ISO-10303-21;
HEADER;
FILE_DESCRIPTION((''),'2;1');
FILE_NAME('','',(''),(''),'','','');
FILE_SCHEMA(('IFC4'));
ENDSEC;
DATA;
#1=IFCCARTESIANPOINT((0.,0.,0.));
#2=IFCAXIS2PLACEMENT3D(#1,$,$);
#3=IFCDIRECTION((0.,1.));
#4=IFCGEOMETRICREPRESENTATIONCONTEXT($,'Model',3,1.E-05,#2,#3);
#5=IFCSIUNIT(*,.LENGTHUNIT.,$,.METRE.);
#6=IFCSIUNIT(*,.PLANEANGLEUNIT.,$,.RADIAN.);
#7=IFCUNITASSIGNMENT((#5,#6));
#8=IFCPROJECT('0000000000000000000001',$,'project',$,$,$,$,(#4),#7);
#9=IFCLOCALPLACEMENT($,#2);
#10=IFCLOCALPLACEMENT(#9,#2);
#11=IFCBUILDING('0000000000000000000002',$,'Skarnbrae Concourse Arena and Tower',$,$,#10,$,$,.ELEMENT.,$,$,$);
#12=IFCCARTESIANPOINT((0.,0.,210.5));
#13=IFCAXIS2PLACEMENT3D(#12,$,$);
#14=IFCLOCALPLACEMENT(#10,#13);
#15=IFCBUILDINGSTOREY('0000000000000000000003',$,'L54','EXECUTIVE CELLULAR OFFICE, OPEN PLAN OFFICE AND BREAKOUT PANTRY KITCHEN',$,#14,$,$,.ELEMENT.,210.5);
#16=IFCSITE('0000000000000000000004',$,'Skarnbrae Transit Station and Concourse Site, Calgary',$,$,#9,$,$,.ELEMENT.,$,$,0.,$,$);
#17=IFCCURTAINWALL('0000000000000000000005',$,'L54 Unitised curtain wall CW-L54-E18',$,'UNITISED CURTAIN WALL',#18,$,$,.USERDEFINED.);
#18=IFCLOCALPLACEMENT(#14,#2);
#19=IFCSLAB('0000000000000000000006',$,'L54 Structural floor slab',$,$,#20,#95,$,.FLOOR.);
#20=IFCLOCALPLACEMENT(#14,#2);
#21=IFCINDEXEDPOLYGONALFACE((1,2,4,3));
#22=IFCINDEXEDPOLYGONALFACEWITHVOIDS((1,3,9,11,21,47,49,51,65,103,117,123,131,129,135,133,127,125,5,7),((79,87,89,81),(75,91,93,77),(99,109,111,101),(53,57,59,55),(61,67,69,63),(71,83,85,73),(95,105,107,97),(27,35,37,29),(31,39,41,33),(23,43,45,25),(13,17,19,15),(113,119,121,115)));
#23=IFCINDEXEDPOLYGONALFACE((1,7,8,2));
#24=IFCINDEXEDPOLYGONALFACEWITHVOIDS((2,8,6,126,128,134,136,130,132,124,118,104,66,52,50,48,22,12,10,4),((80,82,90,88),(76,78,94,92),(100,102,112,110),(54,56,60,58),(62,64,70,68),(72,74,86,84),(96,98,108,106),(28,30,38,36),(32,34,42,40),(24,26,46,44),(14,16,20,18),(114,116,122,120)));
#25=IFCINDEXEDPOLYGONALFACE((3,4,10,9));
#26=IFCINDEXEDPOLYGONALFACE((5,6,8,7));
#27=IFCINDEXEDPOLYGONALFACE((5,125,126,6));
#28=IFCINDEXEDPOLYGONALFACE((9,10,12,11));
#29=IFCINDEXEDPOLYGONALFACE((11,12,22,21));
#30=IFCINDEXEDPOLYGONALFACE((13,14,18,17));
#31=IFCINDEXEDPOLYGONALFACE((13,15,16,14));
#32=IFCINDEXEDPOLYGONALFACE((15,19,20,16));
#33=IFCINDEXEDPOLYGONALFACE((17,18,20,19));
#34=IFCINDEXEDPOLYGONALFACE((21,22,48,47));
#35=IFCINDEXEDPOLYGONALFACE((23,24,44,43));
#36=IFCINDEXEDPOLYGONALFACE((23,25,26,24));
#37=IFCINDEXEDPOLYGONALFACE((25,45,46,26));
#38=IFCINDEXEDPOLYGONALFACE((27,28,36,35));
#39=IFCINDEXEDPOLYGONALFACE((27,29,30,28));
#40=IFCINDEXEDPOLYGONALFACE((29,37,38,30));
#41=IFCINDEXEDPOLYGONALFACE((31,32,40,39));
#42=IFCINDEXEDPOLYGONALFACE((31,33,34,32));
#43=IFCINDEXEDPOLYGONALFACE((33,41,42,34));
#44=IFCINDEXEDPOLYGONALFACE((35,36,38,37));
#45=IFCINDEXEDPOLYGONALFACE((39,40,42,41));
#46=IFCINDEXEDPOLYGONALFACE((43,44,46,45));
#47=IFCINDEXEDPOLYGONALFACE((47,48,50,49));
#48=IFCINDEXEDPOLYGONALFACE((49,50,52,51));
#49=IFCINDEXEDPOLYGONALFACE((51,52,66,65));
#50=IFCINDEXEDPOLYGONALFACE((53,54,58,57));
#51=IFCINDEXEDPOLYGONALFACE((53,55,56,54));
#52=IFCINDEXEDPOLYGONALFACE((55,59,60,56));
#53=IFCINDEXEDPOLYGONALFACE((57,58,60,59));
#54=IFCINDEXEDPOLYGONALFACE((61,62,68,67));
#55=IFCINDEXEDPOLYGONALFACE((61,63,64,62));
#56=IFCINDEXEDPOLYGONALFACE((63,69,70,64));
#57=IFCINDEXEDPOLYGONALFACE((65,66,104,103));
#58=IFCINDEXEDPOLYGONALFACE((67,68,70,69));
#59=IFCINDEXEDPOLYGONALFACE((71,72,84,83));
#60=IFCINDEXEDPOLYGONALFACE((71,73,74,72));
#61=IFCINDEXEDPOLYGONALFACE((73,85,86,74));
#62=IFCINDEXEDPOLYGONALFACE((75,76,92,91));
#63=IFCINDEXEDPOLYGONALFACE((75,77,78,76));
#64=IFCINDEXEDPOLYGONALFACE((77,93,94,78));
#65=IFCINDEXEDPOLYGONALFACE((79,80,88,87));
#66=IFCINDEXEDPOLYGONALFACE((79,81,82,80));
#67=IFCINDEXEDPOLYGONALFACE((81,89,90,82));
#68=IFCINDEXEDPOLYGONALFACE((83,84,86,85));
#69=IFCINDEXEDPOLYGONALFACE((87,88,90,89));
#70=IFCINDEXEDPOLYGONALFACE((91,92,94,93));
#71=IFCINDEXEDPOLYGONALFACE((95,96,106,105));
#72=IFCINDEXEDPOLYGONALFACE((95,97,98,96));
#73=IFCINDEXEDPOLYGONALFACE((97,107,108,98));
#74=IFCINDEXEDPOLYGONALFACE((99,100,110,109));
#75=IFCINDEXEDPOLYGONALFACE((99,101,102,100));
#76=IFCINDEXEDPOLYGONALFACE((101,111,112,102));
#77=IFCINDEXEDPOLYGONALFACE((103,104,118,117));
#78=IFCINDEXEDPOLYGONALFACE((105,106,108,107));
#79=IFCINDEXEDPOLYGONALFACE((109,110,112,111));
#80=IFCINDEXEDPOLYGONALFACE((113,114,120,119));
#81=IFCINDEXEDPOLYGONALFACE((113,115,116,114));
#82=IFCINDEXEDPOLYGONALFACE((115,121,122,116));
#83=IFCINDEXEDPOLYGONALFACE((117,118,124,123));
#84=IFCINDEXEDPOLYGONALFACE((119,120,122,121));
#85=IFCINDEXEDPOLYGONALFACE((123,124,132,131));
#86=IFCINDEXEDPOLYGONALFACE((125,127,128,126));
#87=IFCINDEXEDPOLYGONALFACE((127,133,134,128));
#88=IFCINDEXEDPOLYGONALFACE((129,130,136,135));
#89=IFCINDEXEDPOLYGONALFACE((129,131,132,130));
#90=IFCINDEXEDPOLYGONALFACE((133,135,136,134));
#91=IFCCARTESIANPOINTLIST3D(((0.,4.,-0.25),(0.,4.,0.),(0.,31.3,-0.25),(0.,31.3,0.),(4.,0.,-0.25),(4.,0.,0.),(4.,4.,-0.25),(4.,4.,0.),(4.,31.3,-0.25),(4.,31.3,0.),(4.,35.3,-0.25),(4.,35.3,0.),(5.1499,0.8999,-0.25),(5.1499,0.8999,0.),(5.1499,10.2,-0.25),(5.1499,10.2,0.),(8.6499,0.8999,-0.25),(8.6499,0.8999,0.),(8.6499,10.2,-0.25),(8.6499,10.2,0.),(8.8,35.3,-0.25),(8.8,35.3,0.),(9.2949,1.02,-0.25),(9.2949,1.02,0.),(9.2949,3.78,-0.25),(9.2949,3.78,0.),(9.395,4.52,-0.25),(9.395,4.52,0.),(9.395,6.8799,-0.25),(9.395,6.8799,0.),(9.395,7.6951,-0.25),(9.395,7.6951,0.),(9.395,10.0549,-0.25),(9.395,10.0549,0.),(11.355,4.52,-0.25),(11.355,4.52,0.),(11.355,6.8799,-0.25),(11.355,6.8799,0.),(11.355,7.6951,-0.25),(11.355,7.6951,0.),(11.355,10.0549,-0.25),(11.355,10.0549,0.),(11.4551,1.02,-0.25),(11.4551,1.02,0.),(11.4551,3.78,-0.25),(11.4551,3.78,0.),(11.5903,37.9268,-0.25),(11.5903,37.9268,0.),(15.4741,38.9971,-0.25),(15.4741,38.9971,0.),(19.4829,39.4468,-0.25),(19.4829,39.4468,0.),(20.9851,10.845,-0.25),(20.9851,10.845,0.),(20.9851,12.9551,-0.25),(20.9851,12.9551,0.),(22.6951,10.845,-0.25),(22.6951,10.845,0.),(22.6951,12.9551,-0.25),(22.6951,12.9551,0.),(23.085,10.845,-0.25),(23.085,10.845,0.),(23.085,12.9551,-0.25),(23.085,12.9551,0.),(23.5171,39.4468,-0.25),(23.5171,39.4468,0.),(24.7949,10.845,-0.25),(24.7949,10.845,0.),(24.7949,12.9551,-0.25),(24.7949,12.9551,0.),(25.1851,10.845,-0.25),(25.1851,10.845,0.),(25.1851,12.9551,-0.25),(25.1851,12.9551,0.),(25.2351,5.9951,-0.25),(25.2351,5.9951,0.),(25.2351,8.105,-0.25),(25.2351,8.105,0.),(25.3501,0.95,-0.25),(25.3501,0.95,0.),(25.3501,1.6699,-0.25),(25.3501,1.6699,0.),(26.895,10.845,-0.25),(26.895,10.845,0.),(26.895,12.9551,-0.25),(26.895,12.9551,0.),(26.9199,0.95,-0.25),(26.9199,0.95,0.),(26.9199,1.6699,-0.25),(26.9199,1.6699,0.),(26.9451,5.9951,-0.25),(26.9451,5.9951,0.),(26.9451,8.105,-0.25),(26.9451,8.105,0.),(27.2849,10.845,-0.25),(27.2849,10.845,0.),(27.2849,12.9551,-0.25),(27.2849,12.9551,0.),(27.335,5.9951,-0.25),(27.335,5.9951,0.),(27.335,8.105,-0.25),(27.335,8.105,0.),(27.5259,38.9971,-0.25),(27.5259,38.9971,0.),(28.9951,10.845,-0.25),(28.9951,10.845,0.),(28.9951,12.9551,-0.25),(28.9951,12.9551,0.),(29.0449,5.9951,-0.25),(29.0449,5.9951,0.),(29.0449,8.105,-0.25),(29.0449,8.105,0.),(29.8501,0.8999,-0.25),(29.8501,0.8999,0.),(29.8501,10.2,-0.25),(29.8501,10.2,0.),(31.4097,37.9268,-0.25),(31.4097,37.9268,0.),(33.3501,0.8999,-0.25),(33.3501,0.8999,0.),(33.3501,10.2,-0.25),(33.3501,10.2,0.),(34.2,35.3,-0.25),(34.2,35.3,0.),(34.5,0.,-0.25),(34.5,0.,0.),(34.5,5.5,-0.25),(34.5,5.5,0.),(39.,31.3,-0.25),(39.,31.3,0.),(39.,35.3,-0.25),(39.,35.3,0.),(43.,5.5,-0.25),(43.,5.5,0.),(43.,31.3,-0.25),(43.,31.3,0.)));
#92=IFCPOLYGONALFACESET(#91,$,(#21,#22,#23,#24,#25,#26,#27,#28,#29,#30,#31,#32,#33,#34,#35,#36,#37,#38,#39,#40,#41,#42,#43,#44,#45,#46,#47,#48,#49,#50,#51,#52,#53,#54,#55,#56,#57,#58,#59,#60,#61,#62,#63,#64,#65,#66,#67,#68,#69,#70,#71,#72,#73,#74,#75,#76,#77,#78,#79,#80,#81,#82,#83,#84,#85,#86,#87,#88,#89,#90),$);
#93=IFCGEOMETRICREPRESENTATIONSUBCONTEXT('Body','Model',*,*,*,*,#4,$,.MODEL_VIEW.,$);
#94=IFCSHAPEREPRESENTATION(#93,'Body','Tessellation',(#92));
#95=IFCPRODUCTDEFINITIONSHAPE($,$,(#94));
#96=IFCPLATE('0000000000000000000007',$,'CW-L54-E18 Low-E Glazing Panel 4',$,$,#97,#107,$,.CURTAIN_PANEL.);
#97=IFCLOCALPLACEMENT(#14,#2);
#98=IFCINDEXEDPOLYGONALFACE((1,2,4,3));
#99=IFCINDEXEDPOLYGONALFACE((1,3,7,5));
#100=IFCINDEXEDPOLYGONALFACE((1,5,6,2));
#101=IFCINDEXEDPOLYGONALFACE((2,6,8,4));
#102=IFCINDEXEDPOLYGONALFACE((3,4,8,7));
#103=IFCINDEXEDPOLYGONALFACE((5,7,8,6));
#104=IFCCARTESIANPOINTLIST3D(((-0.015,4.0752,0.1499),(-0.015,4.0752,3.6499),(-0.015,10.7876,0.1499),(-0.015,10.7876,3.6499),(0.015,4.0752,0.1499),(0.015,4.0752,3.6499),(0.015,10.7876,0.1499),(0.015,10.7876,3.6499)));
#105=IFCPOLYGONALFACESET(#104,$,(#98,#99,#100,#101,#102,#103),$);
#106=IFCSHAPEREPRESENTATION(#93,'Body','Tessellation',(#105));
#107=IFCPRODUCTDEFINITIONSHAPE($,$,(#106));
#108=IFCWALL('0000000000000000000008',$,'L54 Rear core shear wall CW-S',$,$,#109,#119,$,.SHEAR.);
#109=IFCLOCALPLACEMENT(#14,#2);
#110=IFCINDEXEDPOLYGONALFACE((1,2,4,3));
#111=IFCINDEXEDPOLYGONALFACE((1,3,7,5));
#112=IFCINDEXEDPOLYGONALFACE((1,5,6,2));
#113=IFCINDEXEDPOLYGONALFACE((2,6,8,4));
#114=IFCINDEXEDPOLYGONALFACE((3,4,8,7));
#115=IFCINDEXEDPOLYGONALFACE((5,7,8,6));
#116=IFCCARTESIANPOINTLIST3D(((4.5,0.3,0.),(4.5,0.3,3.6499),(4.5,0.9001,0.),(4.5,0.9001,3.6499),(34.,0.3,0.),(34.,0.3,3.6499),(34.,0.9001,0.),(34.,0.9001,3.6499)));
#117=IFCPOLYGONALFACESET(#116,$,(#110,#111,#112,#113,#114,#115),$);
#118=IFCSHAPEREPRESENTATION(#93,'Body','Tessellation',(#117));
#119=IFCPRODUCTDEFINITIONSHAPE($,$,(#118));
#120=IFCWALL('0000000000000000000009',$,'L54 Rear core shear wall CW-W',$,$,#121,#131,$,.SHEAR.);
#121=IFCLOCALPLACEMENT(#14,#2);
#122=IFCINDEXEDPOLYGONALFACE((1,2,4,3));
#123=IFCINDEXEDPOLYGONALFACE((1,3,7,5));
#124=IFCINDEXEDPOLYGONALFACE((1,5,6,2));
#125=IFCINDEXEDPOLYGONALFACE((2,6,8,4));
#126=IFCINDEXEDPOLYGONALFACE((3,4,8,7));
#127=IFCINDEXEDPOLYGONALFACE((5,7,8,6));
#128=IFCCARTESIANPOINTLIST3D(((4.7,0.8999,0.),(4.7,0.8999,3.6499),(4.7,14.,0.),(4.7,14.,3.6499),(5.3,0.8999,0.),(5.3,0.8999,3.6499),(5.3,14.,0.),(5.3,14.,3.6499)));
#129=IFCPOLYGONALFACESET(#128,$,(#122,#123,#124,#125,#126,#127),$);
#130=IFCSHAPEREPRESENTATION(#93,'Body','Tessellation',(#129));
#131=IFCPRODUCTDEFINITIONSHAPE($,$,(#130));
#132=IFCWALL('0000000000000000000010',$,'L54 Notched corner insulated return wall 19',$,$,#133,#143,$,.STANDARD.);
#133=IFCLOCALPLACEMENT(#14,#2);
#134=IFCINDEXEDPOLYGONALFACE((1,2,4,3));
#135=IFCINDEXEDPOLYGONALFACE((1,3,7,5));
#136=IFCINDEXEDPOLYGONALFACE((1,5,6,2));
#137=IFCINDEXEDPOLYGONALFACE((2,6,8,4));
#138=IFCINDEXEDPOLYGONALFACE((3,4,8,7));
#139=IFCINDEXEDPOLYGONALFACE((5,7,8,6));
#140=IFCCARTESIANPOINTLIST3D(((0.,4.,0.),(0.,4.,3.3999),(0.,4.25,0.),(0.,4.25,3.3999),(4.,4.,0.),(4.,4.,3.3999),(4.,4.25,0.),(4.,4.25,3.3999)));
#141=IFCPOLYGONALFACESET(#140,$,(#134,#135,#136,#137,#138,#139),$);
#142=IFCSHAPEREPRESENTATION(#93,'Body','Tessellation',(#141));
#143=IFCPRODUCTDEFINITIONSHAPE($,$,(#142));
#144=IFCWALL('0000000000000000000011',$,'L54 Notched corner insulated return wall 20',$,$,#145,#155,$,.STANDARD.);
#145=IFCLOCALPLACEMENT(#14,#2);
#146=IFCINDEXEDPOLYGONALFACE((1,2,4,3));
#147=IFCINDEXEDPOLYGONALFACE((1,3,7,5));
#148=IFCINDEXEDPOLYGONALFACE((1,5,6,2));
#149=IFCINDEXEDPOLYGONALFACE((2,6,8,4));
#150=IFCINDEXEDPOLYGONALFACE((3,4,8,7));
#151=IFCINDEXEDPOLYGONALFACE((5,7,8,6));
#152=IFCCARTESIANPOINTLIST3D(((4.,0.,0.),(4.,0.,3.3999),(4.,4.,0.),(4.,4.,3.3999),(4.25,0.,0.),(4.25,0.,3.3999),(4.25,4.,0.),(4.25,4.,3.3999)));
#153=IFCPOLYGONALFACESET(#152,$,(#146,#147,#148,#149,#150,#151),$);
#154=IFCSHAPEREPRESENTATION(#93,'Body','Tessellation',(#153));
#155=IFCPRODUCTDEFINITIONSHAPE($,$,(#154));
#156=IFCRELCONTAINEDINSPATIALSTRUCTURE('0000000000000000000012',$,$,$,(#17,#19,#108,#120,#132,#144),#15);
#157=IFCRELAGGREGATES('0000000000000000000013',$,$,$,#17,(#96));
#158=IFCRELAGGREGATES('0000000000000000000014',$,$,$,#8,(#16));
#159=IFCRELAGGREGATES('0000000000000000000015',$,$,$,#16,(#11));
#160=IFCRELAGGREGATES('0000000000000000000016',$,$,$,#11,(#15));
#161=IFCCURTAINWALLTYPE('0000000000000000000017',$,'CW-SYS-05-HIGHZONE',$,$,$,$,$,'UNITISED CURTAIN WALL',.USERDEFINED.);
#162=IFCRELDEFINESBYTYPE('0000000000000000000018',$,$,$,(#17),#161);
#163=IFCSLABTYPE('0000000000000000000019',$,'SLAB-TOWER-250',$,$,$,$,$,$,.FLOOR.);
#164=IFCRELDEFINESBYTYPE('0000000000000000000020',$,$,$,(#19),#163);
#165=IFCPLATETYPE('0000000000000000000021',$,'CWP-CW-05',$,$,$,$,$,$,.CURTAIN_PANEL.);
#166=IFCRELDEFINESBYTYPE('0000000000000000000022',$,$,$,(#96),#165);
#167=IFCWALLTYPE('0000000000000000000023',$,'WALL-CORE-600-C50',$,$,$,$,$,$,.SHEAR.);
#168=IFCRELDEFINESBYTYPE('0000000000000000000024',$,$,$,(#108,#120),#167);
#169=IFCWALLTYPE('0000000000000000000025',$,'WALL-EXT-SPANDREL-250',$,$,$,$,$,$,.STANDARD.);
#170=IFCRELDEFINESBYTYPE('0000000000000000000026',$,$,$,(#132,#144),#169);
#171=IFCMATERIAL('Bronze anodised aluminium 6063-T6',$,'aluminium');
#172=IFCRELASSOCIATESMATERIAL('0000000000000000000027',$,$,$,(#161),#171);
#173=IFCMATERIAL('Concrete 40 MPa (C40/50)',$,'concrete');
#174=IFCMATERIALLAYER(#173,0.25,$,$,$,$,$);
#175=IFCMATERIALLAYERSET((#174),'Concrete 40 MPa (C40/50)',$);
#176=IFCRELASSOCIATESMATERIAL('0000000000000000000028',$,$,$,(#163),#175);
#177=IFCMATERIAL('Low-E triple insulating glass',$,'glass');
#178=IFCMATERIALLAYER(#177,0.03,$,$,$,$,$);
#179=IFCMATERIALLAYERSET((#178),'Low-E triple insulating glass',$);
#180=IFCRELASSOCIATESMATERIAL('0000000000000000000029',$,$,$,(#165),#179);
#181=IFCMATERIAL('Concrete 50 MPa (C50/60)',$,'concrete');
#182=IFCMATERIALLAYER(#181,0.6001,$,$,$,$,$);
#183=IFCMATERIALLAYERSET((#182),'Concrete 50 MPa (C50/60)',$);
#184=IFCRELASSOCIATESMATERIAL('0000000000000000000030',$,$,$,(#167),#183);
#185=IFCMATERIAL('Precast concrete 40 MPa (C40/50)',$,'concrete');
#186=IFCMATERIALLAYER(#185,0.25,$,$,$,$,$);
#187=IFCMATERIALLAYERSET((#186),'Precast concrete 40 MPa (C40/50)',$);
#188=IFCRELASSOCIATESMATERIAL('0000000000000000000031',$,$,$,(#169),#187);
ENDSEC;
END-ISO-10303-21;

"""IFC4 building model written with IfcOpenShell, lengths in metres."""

from ifc_helpers import new_model, si_unit, direction, frame, frame_2d, origin, origin_2d, place, context, subcontext, project, spatial, polyline, rectangle, outline, extrude, source, transform, mapped, material, layer, layer_set, type_object, element, aggregate, save


model = new_model("IFC4")

# Units and contexts
model_context = context("Model", 3, precision=1e-05, world=origin(), true_north=direction((0.0, 1.0)))
body_context = subcontext(model_context, "Body", "Model", "MODEL_VIEW")
ifc_project = project(units=[si_unit("LENGTHUNIT", "METRE"), si_unit("PLANEANGLEUNIT", "RADIAN")], contexts=[model_context])

# Site, building, storey
site_placement = place(None, origin())
site = spatial("IfcSite", under=ifc_project, at=site_placement, Name="Skarnbrae Transit Station and Concourse Site, Calgary", CompositionType="ELEMENT", RefElevation=0.0)
building_placement = place(site_placement, origin())
building = spatial("IfcBuilding", under=site, at=building_placement, Name="Skarnbrae Concourse Arena and Tower", CompositionType="ELEMENT")
storey_placement = place(building_placement, frame((0.0, 0.0, 210.5)))
storey = spatial("IfcBuildingStorey", under=building, at=storey_placement, Name="L54", Description="EXECUTIVE CELLULAR OFFICE, OPEN PLAN OFFICE AND BREAKOUT PANTRY KITCHEN", CompositionType="ELEMENT", Elevation=210.5)

# Curtain wall
ifc_material_1 = material(Name="Bronze anodised aluminium 6063-T6", Category="aluminium")
curtain_wall_type = type_object("IfcCurtainWallType", Name="CW-SYS-05-HIGHZONE", ElementType="UNITISED CURTAIN WALL", PredefinedType="USERDEFINED", material=ifc_material_1)
curtain_wall_placement = place(storey_placement, origin())
curtain_wall = element("IfcCurtainWall", 1, at=curtain_wall_placement, inside=storey, type_object=curtain_wall_type, Name="L54 Unitised curtain wall CW-L54-E18", ObjectType="UNITISED CURTAIN WALL", PredefinedType="USERDEFINED")

# Shared definitions
ifc_material_2 = material(Name="Concrete 40 MPa (C40/50)", Category="concrete")

# Slab
ifc_layer_1 = layer(ifc_material_2, 0.25)
ifc_layer_set_1 = layer_set([ifc_layer_1], Name="Concrete 40 MPa (C40/50)")
slab_type_1 = type_object("IfcSlabType", Name="SLAB-TOWER-250", PredefinedType="FLOOR", material=ifc_layer_set_1)
slab_1_placement = place(storey_placement, frame((0.0, 0.0, -0.25)))
element("IfcSlab", 2, at=slab_1_placement, inside=storey, type_object=slab_type_1, Name="L54 Structural floor slab", PredefinedType="FLOOR", context=body_context, shape_type="SweptSolid", body=[
    extrude(outline(polyline([(4.0, 0.0), (34.5, 0.0), (34.5, 5.5), (43.0, 5.5), (43.0, 31.3), (39.0, 31.3), (39.0, 35.3), (34.2, 35.3), (31.4097, 37.9268), (27.5259, 38.9971), (23.5171, 39.4468), (19.4829, 39.4468), (15.4741, 38.9971), (11.5903, 37.9268), (8.8, 35.3), (4.0, 35.3), (4.0, 31.3), (0.0, 31.3), (0.0, 4.0), (4.0, 4.0), (4.0, 0.0)]), holes=[polyline([(9.2949, 1.02), (9.2949, 3.78), (11.4551, 3.78), (11.4551, 1.02), (9.2949, 1.02)]), polyline([(8.6499, 10.2), (8.6499, 0.8999), (5.1499, 0.8999), (5.1499, 10.2), (8.6499, 10.2)]), polyline([(9.395, 6.8799), (11.355, 6.8799), (11.355, 4.52), (9.395, 4.52), (9.395, 6.8799)]), polyline([(9.395, 7.6951), (9.395, 10.0549), (11.355, 10.0549), (11.355, 7.6951), (9.395, 7.6951)]), polyline([(20.9851, 12.9551), (22.6951, 12.9551), (22.6951, 10.845), (20.9851, 10.845), (20.9851, 12.9551)]), polyline([(23.085, 12.9551), (24.7949, 12.9551), (24.7949, 10.845), (23.085, 10.845), (23.085, 12.9551)]), polyline([(25.3501, 0.95), (25.3501, 1.6699), (26.9199, 1.6699), (26.9199, 0.95), (25.3501, 0.95)]), polyline([(33.3501, 10.2), (33.3501, 0.8999), (29.8501, 0.8999), (29.8501, 10.2), (33.3501, 10.2)]), polyline([(25.2351, 8.105), (26.9451, 8.105), (26.9451, 5.9951), (25.2351, 5.9951), (25.2351, 8.105)]), polyline([(27.335, 5.9951), (27.335, 8.105), (29.0449, 8.105), (29.0449, 5.9951), (27.335, 5.9951)]), polyline([(25.1851, 12.9551), (26.895, 12.9551), (26.895, 10.845), (25.1851, 10.845), (25.1851, 12.9551)]), polyline([(27.2849, 12.9551), (28.9951, 12.9551), (28.9951, 10.845), (27.2849, 10.845), (27.2849, 12.9551)])]), origin(), (0.0, 0.0, 1.0), 0.25),
])

# Plate
ifc_material_3 = material(Name="Low-E triple insulating glass", Category="glass")
ifc_layer_2 = layer(ifc_material_3, 0.03)
ifc_layer_set_2 = layer_set([ifc_layer_2], Name="Low-E triple insulating glass")
plate_type = type_object("IfcPlateType", Name="CWP-CW-05", PredefinedType="CURTAIN_PANEL", material=ifc_layer_set_2)
shared_shape_1 = source(origin(), body_context, "Body", "SweptSolid", [
    extrude(rectangle(XDim=6.7124, YDim=0.03, at=origin_2d()), origin(), (0.0, 0.0, 1.0), 3.5),
])
plate_placement = place(storey_placement, frame((0.0, 7.4314, 0.1499), z_axis=(0.0, 0.0, 1.0), x_axis=(0.0, -1.0, 0.0)))
plate = element("IfcPlate", 3, at=plate_placement, type_object=plate_type, Name="CW-L54-E18 Low-E Glazing Panel 4", PredefinedType="CURTAIN_PANEL", context=body_context, shape_type="MappedRepresentation", body=[
    mapped(shared_shape_1, transform((0.0, 0.0, 0.0))),
])
aggregate(curtain_wall, [plate])

# Walls
ifc_material_4 = material(Name="Concrete 50 MPa (C50/60)", Category="concrete")
ifc_layer_3 = layer(ifc_material_4, 0.6001)
ifc_layer_set_3 = layer_set([ifc_layer_3], Name="Concrete 50 MPa (C50/60)")
wall_type_1 = type_object("IfcWallType", Name="WALL-CORE-600-C50", PredefinedType="SHEAR", material=ifc_layer_set_3)
shared_shape_2 = source(origin(), body_context, "Body", "SweptSolid", [
    extrude(rectangle(XDim=29.5, YDim=0.6001, at=frame_2d((14.75, 0.0))), origin(), (0.0, 0.0, 1.0), 3.6499),
])
wall_1_placement = place(storey_placement, frame((4.5, 0.6001, 0.0), z_axis=(0.0, 0.0, 1.0), x_axis=(1.0, 0.0, 0.0)))
element("IfcWall", 4, at=wall_1_placement, inside=storey, type_object=wall_type_1, Name="L54 Rear core shear wall CW-S", PredefinedType="SHEAR", context=body_context, shape_type="MappedRepresentation", body=[
    mapped(shared_shape_2, transform((0.0, 0.0, 0.0))),
])
shared_shape_3 = source(origin(), body_context, "Body", "SweptSolid", [
    extrude(rectangle(XDim=13.1001, YDim=0.6001, at=frame_2d((6.55, 0.0))), origin(), (0.0, 0.0, 1.0), 3.6499),
])
wall_2_placement = place(storey_placement, frame((5.0, 0.8999, 0.0), z_axis=(0.0, 0.0, 1.0), x_axis=(0.0, 1.0, 0.0)))
element("IfcWall", 5, at=wall_2_placement, inside=storey, type_object=wall_type_1, Name="L54 Rear core shear wall CW-W", PredefinedType="SHEAR", context=body_context, shape_type="MappedRepresentation", body=[
    mapped(shared_shape_3, transform((0.0, 0.0, 0.0))),
])
ifc_material_5 = material(Name="Precast concrete 40 MPa (C40/50)", Category="concrete")
ifc_layer_4 = layer(ifc_material_5, 0.25)
ifc_layer_set_4 = layer_set([ifc_layer_4], Name="Precast concrete 40 MPa (C40/50)")
wall_type_2 = type_object("IfcWallType", Name="WALL-EXT-SPANDREL-250", PredefinedType="STANDARD", material=ifc_layer_set_4)
shared_shape_4 = source(origin(), body_context, "Body", "SweptSolid", [
    extrude(rectangle(XDim=4.0, YDim=0.25, at=frame_2d((2.0, 0.0))), origin(), (0.0, 0.0, 1.0), 3.3999),
])
for number, where, z_axis, x_axis, name in (
    (6, (0.0, 4.125, 0.0), (0.0, 0.0, 1.0), (1.0, 0.0, 0.0), "L54 Notched corner insulated return wall 19"),
    (7, (4.125, 4.0, 0.0), (0.0, 0.0, 1.0), (0.0, -1.0, 0.0), "L54 Notched corner insulated return wall 20"),
):
    element("IfcWall", number, at=place(storey_placement, frame(where, z_axis=z_axis, x_axis=x_axis)), inside=storey, type_object=wall_type_2, Name=name, PredefinedType="STANDARD", context=body_context, shape_type="MappedRepresentation", body=[
        mapped(shared_shape_4, transform((0.0, 0.0, 0.0))),
    ])

save(model, "model.ifc")
